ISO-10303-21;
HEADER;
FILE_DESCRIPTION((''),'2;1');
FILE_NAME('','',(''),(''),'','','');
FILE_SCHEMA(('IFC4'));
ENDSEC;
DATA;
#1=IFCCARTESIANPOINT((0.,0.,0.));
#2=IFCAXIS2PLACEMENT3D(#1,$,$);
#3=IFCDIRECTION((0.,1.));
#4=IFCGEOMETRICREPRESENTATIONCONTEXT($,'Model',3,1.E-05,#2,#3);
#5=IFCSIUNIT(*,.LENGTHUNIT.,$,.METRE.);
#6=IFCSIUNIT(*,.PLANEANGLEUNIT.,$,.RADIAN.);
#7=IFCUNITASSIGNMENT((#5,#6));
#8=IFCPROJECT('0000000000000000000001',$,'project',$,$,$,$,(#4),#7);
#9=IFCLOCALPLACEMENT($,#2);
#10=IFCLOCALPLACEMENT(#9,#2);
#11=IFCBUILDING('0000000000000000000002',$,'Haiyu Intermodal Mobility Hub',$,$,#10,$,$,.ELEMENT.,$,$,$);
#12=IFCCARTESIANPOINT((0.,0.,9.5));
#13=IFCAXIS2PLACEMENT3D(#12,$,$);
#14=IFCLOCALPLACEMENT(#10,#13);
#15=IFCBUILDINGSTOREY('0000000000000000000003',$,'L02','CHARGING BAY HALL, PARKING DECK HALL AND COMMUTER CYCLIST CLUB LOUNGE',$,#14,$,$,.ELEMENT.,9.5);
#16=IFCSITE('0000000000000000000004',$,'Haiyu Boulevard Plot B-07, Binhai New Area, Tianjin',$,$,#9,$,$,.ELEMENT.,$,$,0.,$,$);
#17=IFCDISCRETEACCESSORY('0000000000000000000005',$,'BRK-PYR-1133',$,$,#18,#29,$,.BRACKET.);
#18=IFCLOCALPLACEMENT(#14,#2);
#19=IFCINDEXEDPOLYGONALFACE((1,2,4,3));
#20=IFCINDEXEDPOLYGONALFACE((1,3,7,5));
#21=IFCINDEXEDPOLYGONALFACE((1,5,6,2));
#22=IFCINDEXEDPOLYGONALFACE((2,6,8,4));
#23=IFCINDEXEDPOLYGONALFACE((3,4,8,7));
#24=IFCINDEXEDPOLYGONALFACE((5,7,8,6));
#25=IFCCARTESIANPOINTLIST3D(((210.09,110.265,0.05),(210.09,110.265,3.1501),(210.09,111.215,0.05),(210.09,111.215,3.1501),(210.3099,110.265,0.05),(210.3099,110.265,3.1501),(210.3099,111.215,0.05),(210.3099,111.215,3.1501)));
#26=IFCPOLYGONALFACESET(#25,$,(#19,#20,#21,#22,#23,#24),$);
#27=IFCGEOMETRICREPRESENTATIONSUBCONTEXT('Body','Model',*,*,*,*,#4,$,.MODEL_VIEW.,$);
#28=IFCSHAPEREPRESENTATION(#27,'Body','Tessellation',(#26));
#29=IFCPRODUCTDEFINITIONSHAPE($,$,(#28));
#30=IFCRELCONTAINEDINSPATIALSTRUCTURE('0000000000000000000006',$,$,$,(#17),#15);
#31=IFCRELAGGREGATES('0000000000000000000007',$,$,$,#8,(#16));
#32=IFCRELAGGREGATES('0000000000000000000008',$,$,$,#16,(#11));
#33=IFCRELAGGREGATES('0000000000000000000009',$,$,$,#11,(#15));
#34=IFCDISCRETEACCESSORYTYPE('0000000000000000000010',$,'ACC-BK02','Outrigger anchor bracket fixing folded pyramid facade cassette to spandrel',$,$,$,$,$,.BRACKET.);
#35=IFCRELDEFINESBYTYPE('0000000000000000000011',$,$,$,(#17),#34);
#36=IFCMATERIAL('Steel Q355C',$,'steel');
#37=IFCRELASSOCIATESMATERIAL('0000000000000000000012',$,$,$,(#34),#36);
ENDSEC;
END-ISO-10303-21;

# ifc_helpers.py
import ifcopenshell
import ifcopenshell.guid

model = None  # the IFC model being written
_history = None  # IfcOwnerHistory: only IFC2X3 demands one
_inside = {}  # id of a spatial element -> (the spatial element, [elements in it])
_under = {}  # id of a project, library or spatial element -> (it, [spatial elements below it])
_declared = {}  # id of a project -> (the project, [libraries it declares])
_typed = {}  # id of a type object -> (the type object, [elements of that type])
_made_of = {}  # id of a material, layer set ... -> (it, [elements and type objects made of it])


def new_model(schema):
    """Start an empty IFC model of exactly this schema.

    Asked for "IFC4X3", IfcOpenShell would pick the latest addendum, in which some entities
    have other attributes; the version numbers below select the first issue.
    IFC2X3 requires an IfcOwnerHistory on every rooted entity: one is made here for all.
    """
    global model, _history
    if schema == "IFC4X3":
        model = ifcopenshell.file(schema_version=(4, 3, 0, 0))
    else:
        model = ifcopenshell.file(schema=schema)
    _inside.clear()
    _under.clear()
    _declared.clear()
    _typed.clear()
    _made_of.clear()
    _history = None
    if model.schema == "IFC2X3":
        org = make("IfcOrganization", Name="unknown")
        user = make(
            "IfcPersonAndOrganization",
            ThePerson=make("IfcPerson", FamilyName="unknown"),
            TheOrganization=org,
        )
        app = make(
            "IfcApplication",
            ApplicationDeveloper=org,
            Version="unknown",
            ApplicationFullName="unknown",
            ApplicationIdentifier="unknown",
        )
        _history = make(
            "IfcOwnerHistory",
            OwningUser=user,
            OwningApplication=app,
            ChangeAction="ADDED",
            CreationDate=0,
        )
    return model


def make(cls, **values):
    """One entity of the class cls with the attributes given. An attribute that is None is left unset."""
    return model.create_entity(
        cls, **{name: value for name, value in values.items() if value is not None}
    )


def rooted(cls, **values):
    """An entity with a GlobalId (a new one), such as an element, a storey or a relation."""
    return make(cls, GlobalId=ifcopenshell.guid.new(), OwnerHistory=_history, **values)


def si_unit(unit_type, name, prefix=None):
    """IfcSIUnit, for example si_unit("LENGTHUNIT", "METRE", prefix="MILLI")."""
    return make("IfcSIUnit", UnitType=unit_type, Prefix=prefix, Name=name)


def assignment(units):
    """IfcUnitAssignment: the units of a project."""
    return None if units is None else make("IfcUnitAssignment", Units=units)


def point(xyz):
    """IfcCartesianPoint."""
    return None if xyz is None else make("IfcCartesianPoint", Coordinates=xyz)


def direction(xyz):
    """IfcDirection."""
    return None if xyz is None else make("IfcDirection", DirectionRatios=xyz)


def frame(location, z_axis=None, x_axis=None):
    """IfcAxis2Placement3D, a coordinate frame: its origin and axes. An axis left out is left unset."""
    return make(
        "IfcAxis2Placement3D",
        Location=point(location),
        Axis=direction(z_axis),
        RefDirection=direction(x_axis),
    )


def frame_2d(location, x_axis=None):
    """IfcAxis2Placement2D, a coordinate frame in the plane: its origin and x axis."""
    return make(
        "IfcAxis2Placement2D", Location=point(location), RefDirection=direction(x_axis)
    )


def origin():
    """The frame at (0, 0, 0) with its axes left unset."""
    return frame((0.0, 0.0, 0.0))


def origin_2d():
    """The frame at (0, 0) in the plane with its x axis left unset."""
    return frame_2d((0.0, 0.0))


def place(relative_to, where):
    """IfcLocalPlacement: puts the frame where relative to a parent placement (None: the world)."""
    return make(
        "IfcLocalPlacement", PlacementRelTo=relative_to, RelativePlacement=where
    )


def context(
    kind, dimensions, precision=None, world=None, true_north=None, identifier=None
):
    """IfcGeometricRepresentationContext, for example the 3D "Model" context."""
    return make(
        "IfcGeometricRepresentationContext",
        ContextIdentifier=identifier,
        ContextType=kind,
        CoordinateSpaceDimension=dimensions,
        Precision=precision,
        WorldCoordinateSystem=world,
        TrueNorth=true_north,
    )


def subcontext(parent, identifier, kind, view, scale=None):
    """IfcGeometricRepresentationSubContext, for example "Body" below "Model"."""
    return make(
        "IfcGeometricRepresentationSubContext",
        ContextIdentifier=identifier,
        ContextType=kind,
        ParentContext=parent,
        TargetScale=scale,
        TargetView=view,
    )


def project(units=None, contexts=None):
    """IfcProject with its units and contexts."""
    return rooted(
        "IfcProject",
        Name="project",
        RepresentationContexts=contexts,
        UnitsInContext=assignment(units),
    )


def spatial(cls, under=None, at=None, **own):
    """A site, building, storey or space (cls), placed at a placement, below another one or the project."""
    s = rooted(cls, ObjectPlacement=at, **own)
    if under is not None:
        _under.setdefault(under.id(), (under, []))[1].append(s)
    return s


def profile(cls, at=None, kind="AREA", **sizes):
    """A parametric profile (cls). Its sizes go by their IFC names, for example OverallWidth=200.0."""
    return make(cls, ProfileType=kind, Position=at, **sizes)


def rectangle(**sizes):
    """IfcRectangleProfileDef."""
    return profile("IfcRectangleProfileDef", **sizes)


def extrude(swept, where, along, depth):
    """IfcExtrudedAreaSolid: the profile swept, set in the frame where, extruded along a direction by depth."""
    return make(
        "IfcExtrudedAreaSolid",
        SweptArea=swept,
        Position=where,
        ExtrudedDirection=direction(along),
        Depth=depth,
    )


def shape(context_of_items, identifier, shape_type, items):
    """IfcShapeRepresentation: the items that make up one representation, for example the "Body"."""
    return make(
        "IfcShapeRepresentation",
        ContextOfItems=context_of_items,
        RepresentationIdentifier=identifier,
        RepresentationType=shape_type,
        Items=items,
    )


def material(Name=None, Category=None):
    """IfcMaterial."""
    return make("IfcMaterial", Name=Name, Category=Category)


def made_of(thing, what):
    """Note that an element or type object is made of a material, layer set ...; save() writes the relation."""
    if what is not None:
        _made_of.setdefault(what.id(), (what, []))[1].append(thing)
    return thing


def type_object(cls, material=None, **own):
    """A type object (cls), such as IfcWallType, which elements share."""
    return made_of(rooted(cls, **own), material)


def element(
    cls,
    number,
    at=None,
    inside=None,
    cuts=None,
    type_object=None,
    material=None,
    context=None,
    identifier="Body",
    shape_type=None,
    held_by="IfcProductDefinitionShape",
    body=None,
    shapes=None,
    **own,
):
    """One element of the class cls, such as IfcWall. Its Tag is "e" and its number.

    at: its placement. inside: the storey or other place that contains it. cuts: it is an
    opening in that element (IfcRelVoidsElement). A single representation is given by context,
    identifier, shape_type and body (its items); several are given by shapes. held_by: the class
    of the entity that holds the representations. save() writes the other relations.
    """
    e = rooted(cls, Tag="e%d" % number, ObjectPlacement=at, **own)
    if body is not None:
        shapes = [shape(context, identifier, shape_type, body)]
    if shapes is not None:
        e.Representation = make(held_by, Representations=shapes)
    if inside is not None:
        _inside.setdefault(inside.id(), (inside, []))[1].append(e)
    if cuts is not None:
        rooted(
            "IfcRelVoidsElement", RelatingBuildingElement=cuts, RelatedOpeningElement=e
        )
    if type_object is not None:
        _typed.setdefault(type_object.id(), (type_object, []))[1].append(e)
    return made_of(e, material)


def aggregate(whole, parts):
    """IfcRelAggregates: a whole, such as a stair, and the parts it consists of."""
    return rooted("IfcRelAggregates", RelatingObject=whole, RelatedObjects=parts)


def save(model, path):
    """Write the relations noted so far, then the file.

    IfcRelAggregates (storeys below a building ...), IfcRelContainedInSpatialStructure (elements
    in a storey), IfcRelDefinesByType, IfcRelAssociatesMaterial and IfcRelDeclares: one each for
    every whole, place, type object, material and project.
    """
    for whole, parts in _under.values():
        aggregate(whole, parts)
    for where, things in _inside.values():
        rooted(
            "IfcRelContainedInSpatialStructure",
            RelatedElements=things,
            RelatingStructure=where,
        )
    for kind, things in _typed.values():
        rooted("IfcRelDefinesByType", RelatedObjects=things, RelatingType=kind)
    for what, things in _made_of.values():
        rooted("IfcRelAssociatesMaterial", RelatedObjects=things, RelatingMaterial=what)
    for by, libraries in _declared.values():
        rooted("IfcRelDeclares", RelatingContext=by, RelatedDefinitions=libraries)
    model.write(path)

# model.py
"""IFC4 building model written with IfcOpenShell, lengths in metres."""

from ifc_helpers import new_model, si_unit, direction, frame, origin, origin_2d, place, context, subcontext, project, spatial, rectangle, extrude, material, type_object, element, save


model = new_model("IFC4")

# Units and contexts
model_context = context("Model", 3, precision=1e-05, world=origin(), true_north=direction((0.0, 1.0)))
body_context = subcontext(model_context, "Body", "Model", "MODEL_VIEW")
ifc_project = project(units=[si_unit("LENGTHUNIT", "METRE"), si_unit("PLANEANGLEUNIT", "RADIAN")], contexts=[model_context])

# Site, building, storey
site_placement = place(None, origin())
site = spatial("IfcSite", under=ifc_project, at=site_placement, Name="Haiyu Boulevard Plot B-07, Binhai New Area, Tianjin", CompositionType="ELEMENT", RefElevation=0.0)
building_placement = place(site_placement, origin())
building = spatial("IfcBuilding", under=site, at=building_placement, Name="Haiyu Intermodal Mobility Hub", CompositionType="ELEMENT")
storey_placement = place(building_placement, frame((0.0, 0.0, 9.5)))
storey = spatial("IfcBuildingStorey", under=building, at=storey_placement, Name="L02", Description="CHARGING BAY HALL, PARKING DECK HALL AND COMMUTER CYCLIST CLUB LOUNGE", CompositionType="ELEMENT", Elevation=9.5)

# Discrete accessory
ifc_material_1 = material(Name="Steel Q355C", Category="steel")
discrete_accessory_type = type_object("IfcDiscreteAccessoryType", Name="ACC-BK02", Description="Outrigger anchor bracket fixing folded pyramid facade cassette to spandrel", PredefinedType="BRACKET", material=ifc_material_1)
for number, where, z_axis, x_axis, name in (
    (1, (210.2, 110.74, 0.05), (0.0, 0.0, 1.0), (1.0, 0.0, 0.0), "BRK-PYR-1133"),
):
    element("IfcDiscreteAccessory", number, at=place(storey_placement, frame(where, z_axis=z_axis, x_axis=x_axis)), inside=storey, type_object=discrete_accessory_type, Name=name, PredefinedType="BRACKET", context=body_context, shape_type="SweptSolid", body=[
        extrude(rectangle(XDim=0.22, YDim=0.95, at=origin_2d()), origin(), (0.0, 0.0, 1.0), 3.1001),
    ])

save(model, "model.ifc")
